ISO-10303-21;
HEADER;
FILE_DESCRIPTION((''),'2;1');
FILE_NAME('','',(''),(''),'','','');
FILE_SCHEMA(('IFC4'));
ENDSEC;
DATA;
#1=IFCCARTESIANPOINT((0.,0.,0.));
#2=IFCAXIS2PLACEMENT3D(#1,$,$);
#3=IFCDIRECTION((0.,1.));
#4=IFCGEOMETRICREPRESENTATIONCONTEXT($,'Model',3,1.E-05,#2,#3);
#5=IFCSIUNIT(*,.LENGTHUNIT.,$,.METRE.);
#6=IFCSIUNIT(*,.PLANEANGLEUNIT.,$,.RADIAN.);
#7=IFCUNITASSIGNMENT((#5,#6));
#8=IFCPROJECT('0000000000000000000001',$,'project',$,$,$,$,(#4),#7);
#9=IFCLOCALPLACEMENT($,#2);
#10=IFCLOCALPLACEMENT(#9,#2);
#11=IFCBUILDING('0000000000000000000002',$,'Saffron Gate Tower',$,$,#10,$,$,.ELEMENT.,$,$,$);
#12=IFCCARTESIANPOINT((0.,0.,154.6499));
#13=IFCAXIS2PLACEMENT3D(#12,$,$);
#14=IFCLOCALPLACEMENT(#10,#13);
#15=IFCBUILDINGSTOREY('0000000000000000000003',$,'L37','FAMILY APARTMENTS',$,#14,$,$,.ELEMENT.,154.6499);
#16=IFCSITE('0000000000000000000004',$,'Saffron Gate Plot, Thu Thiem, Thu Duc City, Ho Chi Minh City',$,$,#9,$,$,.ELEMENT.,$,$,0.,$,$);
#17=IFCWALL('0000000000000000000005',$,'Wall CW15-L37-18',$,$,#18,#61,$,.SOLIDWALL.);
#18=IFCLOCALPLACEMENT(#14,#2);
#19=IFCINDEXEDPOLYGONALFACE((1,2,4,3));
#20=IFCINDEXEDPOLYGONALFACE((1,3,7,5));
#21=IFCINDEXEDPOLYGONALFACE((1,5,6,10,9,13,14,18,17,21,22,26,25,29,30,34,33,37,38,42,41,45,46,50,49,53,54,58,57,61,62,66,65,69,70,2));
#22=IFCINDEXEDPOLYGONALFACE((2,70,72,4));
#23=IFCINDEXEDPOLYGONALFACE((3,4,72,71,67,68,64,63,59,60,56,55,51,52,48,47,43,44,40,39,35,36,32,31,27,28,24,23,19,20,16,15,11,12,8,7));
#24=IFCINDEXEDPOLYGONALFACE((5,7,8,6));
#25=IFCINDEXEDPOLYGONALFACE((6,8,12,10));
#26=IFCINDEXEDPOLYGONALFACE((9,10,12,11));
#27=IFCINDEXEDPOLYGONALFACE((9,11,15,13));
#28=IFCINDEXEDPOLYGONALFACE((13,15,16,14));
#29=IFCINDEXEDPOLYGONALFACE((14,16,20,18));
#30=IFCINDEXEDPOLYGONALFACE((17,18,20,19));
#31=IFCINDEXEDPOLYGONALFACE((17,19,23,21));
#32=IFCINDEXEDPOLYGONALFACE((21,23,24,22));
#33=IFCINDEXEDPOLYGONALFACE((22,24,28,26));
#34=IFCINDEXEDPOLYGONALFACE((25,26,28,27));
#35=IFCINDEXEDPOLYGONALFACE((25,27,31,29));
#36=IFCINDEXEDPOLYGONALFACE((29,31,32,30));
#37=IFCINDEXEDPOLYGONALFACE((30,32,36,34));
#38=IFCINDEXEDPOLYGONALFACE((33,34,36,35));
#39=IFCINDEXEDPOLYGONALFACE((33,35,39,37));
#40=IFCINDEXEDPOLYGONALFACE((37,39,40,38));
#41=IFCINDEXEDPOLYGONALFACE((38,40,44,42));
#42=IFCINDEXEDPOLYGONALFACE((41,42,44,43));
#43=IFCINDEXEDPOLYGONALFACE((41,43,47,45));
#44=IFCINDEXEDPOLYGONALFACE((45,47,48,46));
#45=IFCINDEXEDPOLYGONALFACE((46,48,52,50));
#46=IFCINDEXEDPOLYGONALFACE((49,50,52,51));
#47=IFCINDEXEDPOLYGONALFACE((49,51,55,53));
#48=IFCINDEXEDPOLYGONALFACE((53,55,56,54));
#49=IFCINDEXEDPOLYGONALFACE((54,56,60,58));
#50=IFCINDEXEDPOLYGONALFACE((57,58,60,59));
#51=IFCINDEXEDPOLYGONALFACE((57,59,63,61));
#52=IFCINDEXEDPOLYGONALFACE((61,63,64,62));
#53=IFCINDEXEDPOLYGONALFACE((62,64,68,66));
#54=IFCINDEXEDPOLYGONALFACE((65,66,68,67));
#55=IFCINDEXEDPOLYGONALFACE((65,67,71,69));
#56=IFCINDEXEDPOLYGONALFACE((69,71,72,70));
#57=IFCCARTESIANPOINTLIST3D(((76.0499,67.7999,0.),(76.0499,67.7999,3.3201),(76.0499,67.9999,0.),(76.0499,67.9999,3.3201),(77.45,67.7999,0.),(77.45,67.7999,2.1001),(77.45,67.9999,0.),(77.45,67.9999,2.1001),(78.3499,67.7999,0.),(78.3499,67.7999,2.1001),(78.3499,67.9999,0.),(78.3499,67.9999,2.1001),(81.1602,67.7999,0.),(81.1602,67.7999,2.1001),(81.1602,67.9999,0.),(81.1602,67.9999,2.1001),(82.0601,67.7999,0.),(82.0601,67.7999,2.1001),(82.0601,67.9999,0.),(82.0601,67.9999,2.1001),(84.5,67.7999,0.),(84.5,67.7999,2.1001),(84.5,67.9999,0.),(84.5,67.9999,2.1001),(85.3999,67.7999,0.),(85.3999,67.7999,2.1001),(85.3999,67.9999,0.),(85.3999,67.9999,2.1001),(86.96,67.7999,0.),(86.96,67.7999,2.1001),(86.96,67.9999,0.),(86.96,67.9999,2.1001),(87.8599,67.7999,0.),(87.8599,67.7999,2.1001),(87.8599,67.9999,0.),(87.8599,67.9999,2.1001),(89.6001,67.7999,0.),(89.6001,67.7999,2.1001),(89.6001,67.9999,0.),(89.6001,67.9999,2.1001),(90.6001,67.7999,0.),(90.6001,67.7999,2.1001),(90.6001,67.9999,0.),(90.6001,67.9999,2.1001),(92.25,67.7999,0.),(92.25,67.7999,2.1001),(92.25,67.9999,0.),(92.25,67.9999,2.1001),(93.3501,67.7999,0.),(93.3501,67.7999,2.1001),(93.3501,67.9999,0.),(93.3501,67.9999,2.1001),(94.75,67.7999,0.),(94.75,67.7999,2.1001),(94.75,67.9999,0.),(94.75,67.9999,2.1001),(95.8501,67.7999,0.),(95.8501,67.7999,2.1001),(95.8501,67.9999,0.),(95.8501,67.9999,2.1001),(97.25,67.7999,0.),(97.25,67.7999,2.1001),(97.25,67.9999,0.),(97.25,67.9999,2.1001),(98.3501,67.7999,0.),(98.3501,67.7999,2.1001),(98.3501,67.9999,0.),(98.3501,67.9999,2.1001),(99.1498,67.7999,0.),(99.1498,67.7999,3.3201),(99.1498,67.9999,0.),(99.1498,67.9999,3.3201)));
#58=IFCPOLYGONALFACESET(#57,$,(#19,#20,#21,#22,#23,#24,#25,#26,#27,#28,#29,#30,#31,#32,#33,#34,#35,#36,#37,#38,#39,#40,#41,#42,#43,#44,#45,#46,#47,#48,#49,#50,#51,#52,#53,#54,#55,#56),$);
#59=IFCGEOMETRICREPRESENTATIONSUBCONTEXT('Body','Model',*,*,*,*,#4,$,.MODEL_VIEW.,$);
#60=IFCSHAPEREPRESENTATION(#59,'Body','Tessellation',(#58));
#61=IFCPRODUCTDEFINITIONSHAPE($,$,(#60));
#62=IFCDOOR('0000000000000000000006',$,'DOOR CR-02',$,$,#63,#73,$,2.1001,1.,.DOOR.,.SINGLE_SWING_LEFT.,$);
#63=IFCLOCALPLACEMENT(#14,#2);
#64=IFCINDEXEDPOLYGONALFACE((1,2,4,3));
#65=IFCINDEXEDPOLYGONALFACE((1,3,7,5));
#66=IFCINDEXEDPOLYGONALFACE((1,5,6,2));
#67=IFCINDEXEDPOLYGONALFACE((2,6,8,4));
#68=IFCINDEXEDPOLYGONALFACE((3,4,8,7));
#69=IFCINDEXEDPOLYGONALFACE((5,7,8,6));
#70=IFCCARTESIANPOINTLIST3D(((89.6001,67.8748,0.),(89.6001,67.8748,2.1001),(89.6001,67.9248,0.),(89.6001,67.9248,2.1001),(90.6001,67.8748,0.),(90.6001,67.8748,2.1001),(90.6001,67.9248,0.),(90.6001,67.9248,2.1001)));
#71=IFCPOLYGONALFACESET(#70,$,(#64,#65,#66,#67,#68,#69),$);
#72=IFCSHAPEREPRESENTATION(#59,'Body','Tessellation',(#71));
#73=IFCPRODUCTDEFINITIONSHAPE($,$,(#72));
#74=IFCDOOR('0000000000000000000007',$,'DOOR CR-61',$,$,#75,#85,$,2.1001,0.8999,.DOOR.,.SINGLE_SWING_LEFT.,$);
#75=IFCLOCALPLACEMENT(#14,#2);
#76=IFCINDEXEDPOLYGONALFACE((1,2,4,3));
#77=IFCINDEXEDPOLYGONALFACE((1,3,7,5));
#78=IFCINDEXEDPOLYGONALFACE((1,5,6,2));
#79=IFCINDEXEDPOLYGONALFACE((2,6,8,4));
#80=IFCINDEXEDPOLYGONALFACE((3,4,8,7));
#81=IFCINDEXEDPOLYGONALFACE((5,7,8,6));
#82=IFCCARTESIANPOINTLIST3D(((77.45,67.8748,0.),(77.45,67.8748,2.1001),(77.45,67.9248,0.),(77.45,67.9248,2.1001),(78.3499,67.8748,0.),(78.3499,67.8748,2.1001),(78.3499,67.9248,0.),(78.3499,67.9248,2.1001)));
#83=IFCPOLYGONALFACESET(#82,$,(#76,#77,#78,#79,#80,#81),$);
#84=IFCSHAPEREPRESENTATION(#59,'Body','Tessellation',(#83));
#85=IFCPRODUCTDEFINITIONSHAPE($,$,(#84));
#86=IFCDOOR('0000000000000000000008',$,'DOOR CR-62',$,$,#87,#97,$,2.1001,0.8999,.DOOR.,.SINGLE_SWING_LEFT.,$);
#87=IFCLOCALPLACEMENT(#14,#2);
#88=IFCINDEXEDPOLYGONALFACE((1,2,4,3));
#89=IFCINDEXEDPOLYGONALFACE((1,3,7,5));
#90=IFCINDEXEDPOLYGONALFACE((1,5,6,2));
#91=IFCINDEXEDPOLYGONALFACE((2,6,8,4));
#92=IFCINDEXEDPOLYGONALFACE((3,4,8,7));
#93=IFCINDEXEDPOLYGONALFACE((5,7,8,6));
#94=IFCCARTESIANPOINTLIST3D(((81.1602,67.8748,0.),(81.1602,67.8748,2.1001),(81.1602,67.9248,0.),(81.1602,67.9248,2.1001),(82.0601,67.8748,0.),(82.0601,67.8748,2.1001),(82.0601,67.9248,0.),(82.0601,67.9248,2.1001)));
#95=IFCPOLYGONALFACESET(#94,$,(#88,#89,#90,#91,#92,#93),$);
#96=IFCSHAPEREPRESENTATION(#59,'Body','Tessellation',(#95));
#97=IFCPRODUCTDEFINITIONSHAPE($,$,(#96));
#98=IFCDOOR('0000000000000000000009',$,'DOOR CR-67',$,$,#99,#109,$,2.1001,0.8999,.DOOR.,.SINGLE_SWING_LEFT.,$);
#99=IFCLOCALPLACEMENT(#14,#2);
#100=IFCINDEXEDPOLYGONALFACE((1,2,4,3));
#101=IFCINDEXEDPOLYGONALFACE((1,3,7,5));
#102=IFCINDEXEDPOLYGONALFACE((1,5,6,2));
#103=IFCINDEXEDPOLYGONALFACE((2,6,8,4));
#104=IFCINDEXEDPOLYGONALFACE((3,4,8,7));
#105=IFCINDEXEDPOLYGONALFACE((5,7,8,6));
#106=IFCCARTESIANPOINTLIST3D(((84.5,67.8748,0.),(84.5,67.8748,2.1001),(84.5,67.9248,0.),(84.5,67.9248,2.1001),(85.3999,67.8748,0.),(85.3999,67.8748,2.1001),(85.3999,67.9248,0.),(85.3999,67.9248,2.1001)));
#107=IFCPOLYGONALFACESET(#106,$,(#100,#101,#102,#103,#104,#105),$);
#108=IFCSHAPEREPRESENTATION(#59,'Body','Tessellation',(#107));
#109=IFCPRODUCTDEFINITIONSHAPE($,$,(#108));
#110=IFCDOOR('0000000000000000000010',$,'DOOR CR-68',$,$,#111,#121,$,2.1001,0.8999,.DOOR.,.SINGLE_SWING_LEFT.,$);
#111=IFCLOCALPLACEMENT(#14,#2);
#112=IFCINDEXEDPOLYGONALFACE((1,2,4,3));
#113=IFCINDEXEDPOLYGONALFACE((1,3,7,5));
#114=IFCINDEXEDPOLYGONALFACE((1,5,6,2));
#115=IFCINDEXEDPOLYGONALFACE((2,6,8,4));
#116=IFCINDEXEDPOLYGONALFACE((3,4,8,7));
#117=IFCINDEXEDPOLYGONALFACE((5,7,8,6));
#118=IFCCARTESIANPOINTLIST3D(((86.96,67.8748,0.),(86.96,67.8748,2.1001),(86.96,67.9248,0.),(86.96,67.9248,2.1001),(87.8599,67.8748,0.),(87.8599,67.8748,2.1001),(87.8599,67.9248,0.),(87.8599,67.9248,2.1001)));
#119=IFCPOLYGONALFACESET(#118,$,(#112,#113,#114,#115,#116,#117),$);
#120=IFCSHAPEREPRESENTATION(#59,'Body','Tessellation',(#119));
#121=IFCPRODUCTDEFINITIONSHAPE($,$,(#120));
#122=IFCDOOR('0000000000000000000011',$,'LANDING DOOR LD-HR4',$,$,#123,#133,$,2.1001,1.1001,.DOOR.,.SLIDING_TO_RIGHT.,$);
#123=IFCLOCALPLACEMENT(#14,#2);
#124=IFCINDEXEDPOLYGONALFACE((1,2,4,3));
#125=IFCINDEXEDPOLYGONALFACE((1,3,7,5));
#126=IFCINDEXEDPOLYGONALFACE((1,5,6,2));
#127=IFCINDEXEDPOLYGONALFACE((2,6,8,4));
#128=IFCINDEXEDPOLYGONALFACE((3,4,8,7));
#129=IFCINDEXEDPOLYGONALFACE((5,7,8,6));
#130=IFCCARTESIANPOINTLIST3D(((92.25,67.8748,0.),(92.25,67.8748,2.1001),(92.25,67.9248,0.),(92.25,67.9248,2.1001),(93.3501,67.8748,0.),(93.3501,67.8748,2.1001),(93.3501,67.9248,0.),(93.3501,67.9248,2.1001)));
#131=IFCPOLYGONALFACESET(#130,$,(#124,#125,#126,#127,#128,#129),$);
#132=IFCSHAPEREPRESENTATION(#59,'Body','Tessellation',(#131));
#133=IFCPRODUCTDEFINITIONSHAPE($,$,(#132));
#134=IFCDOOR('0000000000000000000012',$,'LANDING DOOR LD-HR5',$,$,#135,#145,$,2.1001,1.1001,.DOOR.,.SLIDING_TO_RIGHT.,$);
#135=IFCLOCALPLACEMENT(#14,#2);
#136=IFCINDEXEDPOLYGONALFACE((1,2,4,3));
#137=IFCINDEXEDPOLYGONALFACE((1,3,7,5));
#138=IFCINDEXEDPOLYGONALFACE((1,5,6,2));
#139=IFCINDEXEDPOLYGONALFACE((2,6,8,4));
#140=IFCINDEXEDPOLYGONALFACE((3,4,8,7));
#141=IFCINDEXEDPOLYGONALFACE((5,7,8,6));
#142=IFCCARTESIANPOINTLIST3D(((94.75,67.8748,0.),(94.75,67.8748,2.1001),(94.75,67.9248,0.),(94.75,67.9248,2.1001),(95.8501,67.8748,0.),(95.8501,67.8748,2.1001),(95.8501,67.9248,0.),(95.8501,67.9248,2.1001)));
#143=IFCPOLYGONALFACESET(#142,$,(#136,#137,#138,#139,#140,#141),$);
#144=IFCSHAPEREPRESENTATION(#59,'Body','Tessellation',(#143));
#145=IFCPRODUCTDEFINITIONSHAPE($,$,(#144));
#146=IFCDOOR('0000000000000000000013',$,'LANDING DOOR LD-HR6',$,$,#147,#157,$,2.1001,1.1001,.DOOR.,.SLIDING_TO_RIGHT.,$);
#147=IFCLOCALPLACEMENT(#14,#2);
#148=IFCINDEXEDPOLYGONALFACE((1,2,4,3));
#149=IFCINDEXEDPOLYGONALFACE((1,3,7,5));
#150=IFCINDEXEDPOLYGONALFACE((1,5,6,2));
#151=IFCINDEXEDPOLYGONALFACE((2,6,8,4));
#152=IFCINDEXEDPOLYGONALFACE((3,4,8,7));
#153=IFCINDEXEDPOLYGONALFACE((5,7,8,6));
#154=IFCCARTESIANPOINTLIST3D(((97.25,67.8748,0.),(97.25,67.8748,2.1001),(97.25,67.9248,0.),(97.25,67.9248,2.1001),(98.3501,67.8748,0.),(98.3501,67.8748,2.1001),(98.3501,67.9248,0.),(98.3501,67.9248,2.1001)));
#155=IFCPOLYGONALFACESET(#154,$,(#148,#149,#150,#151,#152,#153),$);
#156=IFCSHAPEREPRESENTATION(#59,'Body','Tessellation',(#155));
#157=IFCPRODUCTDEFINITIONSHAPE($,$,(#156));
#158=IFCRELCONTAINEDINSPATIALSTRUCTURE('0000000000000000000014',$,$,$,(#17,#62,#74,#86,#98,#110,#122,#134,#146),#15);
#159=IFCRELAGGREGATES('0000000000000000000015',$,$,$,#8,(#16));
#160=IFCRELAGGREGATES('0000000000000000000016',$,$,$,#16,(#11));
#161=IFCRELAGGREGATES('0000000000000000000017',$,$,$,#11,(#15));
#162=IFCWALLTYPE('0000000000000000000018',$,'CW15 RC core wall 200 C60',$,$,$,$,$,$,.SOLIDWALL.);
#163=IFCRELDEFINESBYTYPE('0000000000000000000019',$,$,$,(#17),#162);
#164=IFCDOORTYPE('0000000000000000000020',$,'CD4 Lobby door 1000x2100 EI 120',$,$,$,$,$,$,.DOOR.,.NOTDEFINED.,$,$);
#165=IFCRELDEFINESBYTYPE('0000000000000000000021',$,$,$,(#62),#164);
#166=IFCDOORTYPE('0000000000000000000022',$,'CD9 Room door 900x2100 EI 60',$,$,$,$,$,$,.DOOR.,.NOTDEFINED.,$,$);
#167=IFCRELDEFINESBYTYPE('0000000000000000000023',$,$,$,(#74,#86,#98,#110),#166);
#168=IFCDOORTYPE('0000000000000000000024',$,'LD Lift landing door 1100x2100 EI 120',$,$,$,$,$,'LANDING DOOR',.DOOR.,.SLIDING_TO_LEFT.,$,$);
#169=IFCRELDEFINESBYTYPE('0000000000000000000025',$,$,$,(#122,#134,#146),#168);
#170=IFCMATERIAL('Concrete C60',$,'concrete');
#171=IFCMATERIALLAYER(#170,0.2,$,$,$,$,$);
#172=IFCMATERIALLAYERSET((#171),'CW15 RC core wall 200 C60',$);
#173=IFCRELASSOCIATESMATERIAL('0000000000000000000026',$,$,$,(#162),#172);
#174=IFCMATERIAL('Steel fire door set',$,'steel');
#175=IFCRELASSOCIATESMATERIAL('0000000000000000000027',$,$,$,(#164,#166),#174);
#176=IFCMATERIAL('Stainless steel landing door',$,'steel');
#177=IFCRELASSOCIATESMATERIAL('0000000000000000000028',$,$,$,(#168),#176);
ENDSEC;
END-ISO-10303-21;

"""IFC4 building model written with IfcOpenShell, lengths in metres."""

from ifc_helpers import new_model, si_unit, direction, frame, frame_2d, origin, place, context, subcontext, project, spatial, rectangle, extrude, material, layer, layer_set, type_object, element, fill, save


model = new_model("IFC4")

# Units and contexts
model_context = context("Model", 3, precision=1e-05, world=origin(), true_north=direction((0.0, 1.0)))
body_context = subcontext(model_context, "Body", "Model", "MODEL_VIEW")
ifc_project = project(units=[si_unit("LENGTHUNIT", "METRE"), si_unit("PLANEANGLEUNIT", "RADIAN")], contexts=[model_context])

# Site, building, storey
site_placement = place(None, origin())
site = spatial("IfcSite", under=ifc_project, at=site_placement, Name="Saffron Gate Plot, Thu Thiem, Thu Duc City, Ho Chi Minh City", CompositionType="ELEMENT", RefElevation=0.0)
building_placement = place(site_placement, origin())
building = spatial("IfcBuilding", under=site, at=building_placement, Name="Saffron Gate Tower", CompositionType="ELEMENT")
storey_placement = place(building_placement, frame((0.0, 0.0, 154.6499)))
storey = spatial("IfcBuildingStorey", under=building, at=storey_placement, Name="L37", Description="FAMILY APARTMENTS", CompositionType="ELEMENT", Elevation=154.6499)

# Shared definitions
ifc_material_1 = material(Name="Concrete C60", Category="concrete")

# Shared definitions
ifc_material_2 = material(Name="Steel fire door set", Category="steel")

# Wall, openings, doors
ifc_layer_1 = layer(ifc_material_1, 0.2)
ifc_layer_set_1 = layer_set([ifc_layer_1], Name="CW15 RC core wall 200 C60")
wall_type_1 = type_object("IfcWallType", Name="CW15 RC core wall 200 C60", PredefinedType="SOLIDWALL", material=ifc_layer_set_1)
wall_1_placement = place(storey_placement, frame((76.05, 67.8999, 0.0), z_axis=(0.0, 0.0, 1.0), x_axis=(1.0, 0.0, 0.0)))
wall_1 = element("IfcWall", 1, at=wall_1_placement, inside=storey, type_object=wall_type_1, Name="Wall CW15-L37-18", PredefinedType="SOLIDWALL", context=body_context, shape_type="SweptSolid", body=[
    extrude(rectangle(XDim=23.0999, YDim=0.2, at=frame_2d((11.5498, 0.0))), origin(), (0.0, 0.0, 1.0), 3.3201),
])
opening_1_placement = place(wall_1_placement, frame((1.3999, 0.0, 0.0)))
opening_1 = element("IfcOpeningElement", 2, at=opening_1_placement, cuts=wall_1, PredefinedType="OPENING", context=body_context, shape_type="SweptSolid", body=[
    extrude(rectangle(XDim=0.8999, YDim=2.1001, at=frame_2d((0.45, 1.05))), frame((0.0, 0.1099, 0.0), z_axis=(0.0, -1.0, 0.0), x_axis=(1.0, 0.0, 0.0)), (0.0, 0.0, 1.0), 0.22),
])
opening_2_placement = place(wall_1_placement, frame((5.1101, 0.0, 0.0)))
opening_2 = element("IfcOpeningElement", 3, at=opening_2_placement, cuts=wall_1, PredefinedType="OPENING", context=body_context, shape_type="SweptSolid", body=[
    extrude(rectangle(XDim=0.8999, YDim=2.1001, at=frame_2d((0.45, 1.05))), frame((0.0, 0.1099, 0.0), z_axis=(0.0, -1.0, 0.0), x_axis=(1.0, 0.0, 0.0)), (0.0, 0.0, 1.0), 0.22),
])
opening_3_placement = place(wall_1_placement, frame((8.45, 0.0, 0.0)))
opening_3 = element("IfcOpeningElement", 4, at=opening_3_placement, cuts=wall_1, PredefinedType="OPENING", context=body_context, shape_type="SweptSolid", body=[
    extrude(rectangle(XDim=0.8999, YDim=2.1001, at=frame_2d((0.45, 1.05))), frame((0.0, 0.1099, 0.0), z_axis=(0.0, -1.0, 0.0), x_axis=(1.0, 0.0, 0.0)), (0.0, 0.0, 1.0), 0.22),
])
opening_4_placement = place(wall_1_placement, frame((10.9099, 0.0, 0.0)))
opening_4 = element("IfcOpeningElement", 5, at=opening_4_placement, cuts=wall_1, PredefinedType="OPENING", context=body_context, shape_type="SweptSolid", body=[
    extrude(rectangle(XDim=0.8999, YDim=2.1001, at=frame_2d((0.45, 1.05))), frame((0.0, 0.1099, 0.0), z_axis=(0.0, -1.0, 0.0), x_axis=(1.0, 0.0, 0.0)), (0.0, 0.0, 1.0), 0.22),
])
opening_5_placement = place(wall_1_placement, frame((13.55, 0.0, 0.0)))
opening_5 = element("IfcOpeningElement", 6, at=opening_5_placement, cuts=wall_1, PredefinedType="OPENING", context=body_context, shape_type="SweptSolid", body=[
    extrude(rectangle(XDim=1.0, YDim=2.1001, at=frame_2d((0.5, 1.05))), frame((0.0, 0.1099, 0.0), z_axis=(0.0, -1.0, 0.0), x_axis=(1.0, 0.0, 0.0)), (0.0, 0.0, 1.0), 0.22),
])
opening_6_placement = place(wall_1_placement, frame((16.2, 0.0, 0.0)))
opening_6 = element("IfcOpeningElement", 7, at=opening_6_placement, cuts=wall_1, PredefinedType="OPENING", context=body_context, shape_type="SweptSolid", body=[
    extrude(rectangle(XDim=1.1001, YDim=2.1001, at=frame_2d((0.55, 1.05))), frame((0.0, 0.1099, 0.0), z_axis=(0.0, -1.0, 0.0), x_axis=(1.0, 0.0, 0.0)), (0.0, 0.0, 1.0), 0.22),
])
opening_7_placement = place(wall_1_placement, frame((18.7, 0.0, 0.0)))
opening_7 = element("IfcOpeningElement", 8, at=opening_7_placement, cuts=wall_1, PredefinedType="OPENING", context=body_context, shape_type="SweptSolid", body=[
    extrude(rectangle(XDim=1.1001, YDim=2.1001, at=frame_2d((0.55, 1.05))), frame((0.0, 0.1099, 0.0), z_axis=(0.0, -1.0, 0.0), x_axis=(1.0, 0.0, 0.0)), (0.0, 0.0, 1.0), 0.22),
])
opening_8_placement = place(wall_1_placement, frame((21.2, 0.0, 0.0)))
opening_8 = element("IfcOpeningElement", 9, at=opening_8_placement, cuts=wall_1, PredefinedType="OPENING", context=body_context, shape_type="SweptSolid", body=[
    extrude(rectangle(XDim=1.1001, YDim=2.1001, at=frame_2d((0.55, 1.05))), frame((0.0, 0.1099, 0.0), z_axis=(0.0, -1.0, 0.0), x_axis=(1.0, 0.0, 0.0)), (0.0, 0.0, 1.0), 0.22),
])
door_type_1 = type_object("IfcDoorType", Name="CD4 Lobby door 1000x2100 EI 120", OperationType="NOTDEFINED", PredefinedType="DOOR", material=ifc_material_2)
door_1_placement = place(opening_5_placement, origin())
door_1 = element("IfcDoor", 10, at=door_1_placement, inside=storey, type_object=door_type_1, Name="DOOR CR-02", OperationType="SINGLE_SWING_LEFT", OverallHeight=2.1001, OverallWidth=1.0, PredefinedType="DOOR", context=body_context, shape_type="SweptSolid", body=[
    extrude(rectangle(XDim=1.0, YDim=2.1001, at=frame_2d((0.5, 1.05))), frame((0.0, 0.0249, 0.0), z_axis=(0.0, -1.0, 0.0), x_axis=(1.0, 0.0, 0.0)), (0.0, 0.0, 1.0), 0.05),
])
fill(opening_5, door_1)
door_type_2 = type_object("IfcDoorType", Name="CD9 Room door 900x2100 EI 60", OperationType="NOTDEFINED", PredefinedType="DOOR", material=ifc_material_2)
door_2_placement = place(opening_1_placement, origin())
door_2 = element("IfcDoor", 11, at=door_2_placement, inside=storey, type_object=door_type_2, Name="DOOR CR-61", OperationType="SINGLE_SWING_LEFT", OverallHeight=2.1001, OverallWidth=0.8999, PredefinedType="DOOR", context=body_context, shape_type="SweptSolid", body=[
    extrude(rectangle(XDim=0.8999, YDim=2.1001, at=frame_2d((0.45, 1.05))), frame((0.0, 0.0249, 0.0), z_axis=(0.0, -1.0, 0.0), x_axis=(1.0, 0.0, 0.0)), (0.0, 0.0, 1.0), 0.05),
])
fill(opening_1, door_2)
door_3_placement = place(opening_2_placement, origin())
door_3 = element("IfcDoor", 12, at=door_3_placement, inside=storey, type_object=door_type_2, Name="DOOR CR-62", OperationType="SINGLE_SWING_LEFT", OverallHeight=2.1001, OverallWidth=0.8999, PredefinedType="DOOR", context=body_context, shape_type="SweptSolid", body=[
    extrude(rectangle(XDim=0.8999, YDim=2.1001, at=frame_2d((0.45, 1.05))), frame((0.0, 0.0249, 0.0), z_axis=(0.0, -1.0, 0.0), x_axis=(1.0, 0.0, 0.0)), (0.0, 0.0, 1.0), 0.05),
])
fill(opening_2, door_3)
door_4_placement = place(opening_3_placement, origin())
door_4 = element("IfcDoor", 13, at=door_4_placement, inside=storey, type_object=door_type_2, Name="DOOR CR-67", OperationType="SINGLE_SWING_LEFT", OverallHeight=2.1001, OverallWidth=0.8999, PredefinedType="DOOR", context=body_context, shape_type="SweptSolid", body=[
    extrude(rectangle(XDim=0.8999, YDim=2.1001, at=frame_2d((0.45, 1.05))), frame((0.0, 0.0249, 0.0), z_axis=(0.0, -1.0, 0.0), x_axis=(1.0, 0.0, 0.0)), (0.0, 0.0, 1.0), 0.05),
])
fill(opening_3, door_4)
door_5_placement = place(opening_4_placement, origin())
door_5 = element("IfcDoor", 14, at=door_5_placement, inside=storey, type_object=door_type_2, Name="DOOR CR-68", OperationType="SINGLE_SWING_LEFT", OverallHeight=2.1001, OverallWidth=0.8999, PredefinedType="DOOR", context=body_context, shape_type="SweptSolid", body=[
    extrude(rectangle(XDim=0.8999, YDim=2.1001, at=frame_2d((0.45, 1.05))), frame((0.0, 0.0249, 0.0), z_axis=(0.0, -1.0, 0.0), x_axis=(1.0, 0.0, 0.0)), (0.0, 0.0, 1.0), 0.05),
])
fill(opening_4, door_5)
ifc_material_3 = material(Name="Stainless steel landing door", Category="steel")
door_type_3 = type_object("IfcDoorType", Name="LD Lift landing door 1100x2100 EI 120", ElementType="LANDING DOOR", OperationType="SLIDING_TO_LEFT", PredefinedType="DOOR", material=ifc_material_3)
door_6_placement = place(opening_6_placement, origin())
door_6 = element("IfcDoor", 15, at=door_6_placement, inside=storey, type_object=door_type_3, Name="LANDING DOOR LD-HR4", OperationType="SLIDING_TO_RIGHT", OverallHeight=2.1001, OverallWidth=1.1001, PredefinedType="DOOR", context=body_context, shape_type="SweptSolid", body=[
    extrude(rectangle(XDim=1.1001, YDim=2.1001, at=frame_2d((0.55, 1.05))), frame((0.0, 0.0249, 0.0), z_axis=(0.0, -1.0, 0.0), x_axis=(1.0, 0.0, 0.0)), (0.0, 0.0, 1.0), 0.05),
])
fill(opening_6, door_6)
door_7_placement = place(opening_7_placement, origin())
door_7 = element("IfcDoor", 16, at=door_7_placement, inside=storey, type_object=door_type_3, Name="LANDING DOOR LD-HR5", OperationType="SLIDING_TO_RIGHT", OverallHeight=2.1001, OverallWidth=1.1001, PredefinedType="DOOR", context=body_context, shape_type="SweptSolid", body=[
    extrude(rectangle(XDim=1.1001, YDim=2.1001, at=frame_2d((0.55, 1.05))), frame((0.0, 0.0249, 0.0), z_axis=(0.0, -1.0, 0.0), x_axis=(1.0, 0.0, 0.0)), (0.0, 0.0, 1.0), 0.05),
])
fill(opening_7, door_7)
door_8_placement = place(opening_8_placement, origin())
door_8 = element("IfcDoor", 17, at=door_8_placement, inside=storey, type_object=door_type_3, Name="LANDING DOOR LD-HR6", OperationType="SLIDING_TO_RIGHT", OverallHeight=2.1001, OverallWidth=1.1001, PredefinedType="DOOR", context=body_context, shape_type="SweptSolid", body=[
    extrude(rectangle(XDim=1.1001, YDim=2.1001, at=frame_2d((0.55, 1.05))), frame((0.0, 0.0249, 0.0), z_axis=(0.0, -1.0, 0.0), x_axis=(1.0, 0.0, 0.0)), (0.0, 0.0, 1.0), 0.05),
])
fill(opening_8, door_8)

save(model, "model.ifc")
